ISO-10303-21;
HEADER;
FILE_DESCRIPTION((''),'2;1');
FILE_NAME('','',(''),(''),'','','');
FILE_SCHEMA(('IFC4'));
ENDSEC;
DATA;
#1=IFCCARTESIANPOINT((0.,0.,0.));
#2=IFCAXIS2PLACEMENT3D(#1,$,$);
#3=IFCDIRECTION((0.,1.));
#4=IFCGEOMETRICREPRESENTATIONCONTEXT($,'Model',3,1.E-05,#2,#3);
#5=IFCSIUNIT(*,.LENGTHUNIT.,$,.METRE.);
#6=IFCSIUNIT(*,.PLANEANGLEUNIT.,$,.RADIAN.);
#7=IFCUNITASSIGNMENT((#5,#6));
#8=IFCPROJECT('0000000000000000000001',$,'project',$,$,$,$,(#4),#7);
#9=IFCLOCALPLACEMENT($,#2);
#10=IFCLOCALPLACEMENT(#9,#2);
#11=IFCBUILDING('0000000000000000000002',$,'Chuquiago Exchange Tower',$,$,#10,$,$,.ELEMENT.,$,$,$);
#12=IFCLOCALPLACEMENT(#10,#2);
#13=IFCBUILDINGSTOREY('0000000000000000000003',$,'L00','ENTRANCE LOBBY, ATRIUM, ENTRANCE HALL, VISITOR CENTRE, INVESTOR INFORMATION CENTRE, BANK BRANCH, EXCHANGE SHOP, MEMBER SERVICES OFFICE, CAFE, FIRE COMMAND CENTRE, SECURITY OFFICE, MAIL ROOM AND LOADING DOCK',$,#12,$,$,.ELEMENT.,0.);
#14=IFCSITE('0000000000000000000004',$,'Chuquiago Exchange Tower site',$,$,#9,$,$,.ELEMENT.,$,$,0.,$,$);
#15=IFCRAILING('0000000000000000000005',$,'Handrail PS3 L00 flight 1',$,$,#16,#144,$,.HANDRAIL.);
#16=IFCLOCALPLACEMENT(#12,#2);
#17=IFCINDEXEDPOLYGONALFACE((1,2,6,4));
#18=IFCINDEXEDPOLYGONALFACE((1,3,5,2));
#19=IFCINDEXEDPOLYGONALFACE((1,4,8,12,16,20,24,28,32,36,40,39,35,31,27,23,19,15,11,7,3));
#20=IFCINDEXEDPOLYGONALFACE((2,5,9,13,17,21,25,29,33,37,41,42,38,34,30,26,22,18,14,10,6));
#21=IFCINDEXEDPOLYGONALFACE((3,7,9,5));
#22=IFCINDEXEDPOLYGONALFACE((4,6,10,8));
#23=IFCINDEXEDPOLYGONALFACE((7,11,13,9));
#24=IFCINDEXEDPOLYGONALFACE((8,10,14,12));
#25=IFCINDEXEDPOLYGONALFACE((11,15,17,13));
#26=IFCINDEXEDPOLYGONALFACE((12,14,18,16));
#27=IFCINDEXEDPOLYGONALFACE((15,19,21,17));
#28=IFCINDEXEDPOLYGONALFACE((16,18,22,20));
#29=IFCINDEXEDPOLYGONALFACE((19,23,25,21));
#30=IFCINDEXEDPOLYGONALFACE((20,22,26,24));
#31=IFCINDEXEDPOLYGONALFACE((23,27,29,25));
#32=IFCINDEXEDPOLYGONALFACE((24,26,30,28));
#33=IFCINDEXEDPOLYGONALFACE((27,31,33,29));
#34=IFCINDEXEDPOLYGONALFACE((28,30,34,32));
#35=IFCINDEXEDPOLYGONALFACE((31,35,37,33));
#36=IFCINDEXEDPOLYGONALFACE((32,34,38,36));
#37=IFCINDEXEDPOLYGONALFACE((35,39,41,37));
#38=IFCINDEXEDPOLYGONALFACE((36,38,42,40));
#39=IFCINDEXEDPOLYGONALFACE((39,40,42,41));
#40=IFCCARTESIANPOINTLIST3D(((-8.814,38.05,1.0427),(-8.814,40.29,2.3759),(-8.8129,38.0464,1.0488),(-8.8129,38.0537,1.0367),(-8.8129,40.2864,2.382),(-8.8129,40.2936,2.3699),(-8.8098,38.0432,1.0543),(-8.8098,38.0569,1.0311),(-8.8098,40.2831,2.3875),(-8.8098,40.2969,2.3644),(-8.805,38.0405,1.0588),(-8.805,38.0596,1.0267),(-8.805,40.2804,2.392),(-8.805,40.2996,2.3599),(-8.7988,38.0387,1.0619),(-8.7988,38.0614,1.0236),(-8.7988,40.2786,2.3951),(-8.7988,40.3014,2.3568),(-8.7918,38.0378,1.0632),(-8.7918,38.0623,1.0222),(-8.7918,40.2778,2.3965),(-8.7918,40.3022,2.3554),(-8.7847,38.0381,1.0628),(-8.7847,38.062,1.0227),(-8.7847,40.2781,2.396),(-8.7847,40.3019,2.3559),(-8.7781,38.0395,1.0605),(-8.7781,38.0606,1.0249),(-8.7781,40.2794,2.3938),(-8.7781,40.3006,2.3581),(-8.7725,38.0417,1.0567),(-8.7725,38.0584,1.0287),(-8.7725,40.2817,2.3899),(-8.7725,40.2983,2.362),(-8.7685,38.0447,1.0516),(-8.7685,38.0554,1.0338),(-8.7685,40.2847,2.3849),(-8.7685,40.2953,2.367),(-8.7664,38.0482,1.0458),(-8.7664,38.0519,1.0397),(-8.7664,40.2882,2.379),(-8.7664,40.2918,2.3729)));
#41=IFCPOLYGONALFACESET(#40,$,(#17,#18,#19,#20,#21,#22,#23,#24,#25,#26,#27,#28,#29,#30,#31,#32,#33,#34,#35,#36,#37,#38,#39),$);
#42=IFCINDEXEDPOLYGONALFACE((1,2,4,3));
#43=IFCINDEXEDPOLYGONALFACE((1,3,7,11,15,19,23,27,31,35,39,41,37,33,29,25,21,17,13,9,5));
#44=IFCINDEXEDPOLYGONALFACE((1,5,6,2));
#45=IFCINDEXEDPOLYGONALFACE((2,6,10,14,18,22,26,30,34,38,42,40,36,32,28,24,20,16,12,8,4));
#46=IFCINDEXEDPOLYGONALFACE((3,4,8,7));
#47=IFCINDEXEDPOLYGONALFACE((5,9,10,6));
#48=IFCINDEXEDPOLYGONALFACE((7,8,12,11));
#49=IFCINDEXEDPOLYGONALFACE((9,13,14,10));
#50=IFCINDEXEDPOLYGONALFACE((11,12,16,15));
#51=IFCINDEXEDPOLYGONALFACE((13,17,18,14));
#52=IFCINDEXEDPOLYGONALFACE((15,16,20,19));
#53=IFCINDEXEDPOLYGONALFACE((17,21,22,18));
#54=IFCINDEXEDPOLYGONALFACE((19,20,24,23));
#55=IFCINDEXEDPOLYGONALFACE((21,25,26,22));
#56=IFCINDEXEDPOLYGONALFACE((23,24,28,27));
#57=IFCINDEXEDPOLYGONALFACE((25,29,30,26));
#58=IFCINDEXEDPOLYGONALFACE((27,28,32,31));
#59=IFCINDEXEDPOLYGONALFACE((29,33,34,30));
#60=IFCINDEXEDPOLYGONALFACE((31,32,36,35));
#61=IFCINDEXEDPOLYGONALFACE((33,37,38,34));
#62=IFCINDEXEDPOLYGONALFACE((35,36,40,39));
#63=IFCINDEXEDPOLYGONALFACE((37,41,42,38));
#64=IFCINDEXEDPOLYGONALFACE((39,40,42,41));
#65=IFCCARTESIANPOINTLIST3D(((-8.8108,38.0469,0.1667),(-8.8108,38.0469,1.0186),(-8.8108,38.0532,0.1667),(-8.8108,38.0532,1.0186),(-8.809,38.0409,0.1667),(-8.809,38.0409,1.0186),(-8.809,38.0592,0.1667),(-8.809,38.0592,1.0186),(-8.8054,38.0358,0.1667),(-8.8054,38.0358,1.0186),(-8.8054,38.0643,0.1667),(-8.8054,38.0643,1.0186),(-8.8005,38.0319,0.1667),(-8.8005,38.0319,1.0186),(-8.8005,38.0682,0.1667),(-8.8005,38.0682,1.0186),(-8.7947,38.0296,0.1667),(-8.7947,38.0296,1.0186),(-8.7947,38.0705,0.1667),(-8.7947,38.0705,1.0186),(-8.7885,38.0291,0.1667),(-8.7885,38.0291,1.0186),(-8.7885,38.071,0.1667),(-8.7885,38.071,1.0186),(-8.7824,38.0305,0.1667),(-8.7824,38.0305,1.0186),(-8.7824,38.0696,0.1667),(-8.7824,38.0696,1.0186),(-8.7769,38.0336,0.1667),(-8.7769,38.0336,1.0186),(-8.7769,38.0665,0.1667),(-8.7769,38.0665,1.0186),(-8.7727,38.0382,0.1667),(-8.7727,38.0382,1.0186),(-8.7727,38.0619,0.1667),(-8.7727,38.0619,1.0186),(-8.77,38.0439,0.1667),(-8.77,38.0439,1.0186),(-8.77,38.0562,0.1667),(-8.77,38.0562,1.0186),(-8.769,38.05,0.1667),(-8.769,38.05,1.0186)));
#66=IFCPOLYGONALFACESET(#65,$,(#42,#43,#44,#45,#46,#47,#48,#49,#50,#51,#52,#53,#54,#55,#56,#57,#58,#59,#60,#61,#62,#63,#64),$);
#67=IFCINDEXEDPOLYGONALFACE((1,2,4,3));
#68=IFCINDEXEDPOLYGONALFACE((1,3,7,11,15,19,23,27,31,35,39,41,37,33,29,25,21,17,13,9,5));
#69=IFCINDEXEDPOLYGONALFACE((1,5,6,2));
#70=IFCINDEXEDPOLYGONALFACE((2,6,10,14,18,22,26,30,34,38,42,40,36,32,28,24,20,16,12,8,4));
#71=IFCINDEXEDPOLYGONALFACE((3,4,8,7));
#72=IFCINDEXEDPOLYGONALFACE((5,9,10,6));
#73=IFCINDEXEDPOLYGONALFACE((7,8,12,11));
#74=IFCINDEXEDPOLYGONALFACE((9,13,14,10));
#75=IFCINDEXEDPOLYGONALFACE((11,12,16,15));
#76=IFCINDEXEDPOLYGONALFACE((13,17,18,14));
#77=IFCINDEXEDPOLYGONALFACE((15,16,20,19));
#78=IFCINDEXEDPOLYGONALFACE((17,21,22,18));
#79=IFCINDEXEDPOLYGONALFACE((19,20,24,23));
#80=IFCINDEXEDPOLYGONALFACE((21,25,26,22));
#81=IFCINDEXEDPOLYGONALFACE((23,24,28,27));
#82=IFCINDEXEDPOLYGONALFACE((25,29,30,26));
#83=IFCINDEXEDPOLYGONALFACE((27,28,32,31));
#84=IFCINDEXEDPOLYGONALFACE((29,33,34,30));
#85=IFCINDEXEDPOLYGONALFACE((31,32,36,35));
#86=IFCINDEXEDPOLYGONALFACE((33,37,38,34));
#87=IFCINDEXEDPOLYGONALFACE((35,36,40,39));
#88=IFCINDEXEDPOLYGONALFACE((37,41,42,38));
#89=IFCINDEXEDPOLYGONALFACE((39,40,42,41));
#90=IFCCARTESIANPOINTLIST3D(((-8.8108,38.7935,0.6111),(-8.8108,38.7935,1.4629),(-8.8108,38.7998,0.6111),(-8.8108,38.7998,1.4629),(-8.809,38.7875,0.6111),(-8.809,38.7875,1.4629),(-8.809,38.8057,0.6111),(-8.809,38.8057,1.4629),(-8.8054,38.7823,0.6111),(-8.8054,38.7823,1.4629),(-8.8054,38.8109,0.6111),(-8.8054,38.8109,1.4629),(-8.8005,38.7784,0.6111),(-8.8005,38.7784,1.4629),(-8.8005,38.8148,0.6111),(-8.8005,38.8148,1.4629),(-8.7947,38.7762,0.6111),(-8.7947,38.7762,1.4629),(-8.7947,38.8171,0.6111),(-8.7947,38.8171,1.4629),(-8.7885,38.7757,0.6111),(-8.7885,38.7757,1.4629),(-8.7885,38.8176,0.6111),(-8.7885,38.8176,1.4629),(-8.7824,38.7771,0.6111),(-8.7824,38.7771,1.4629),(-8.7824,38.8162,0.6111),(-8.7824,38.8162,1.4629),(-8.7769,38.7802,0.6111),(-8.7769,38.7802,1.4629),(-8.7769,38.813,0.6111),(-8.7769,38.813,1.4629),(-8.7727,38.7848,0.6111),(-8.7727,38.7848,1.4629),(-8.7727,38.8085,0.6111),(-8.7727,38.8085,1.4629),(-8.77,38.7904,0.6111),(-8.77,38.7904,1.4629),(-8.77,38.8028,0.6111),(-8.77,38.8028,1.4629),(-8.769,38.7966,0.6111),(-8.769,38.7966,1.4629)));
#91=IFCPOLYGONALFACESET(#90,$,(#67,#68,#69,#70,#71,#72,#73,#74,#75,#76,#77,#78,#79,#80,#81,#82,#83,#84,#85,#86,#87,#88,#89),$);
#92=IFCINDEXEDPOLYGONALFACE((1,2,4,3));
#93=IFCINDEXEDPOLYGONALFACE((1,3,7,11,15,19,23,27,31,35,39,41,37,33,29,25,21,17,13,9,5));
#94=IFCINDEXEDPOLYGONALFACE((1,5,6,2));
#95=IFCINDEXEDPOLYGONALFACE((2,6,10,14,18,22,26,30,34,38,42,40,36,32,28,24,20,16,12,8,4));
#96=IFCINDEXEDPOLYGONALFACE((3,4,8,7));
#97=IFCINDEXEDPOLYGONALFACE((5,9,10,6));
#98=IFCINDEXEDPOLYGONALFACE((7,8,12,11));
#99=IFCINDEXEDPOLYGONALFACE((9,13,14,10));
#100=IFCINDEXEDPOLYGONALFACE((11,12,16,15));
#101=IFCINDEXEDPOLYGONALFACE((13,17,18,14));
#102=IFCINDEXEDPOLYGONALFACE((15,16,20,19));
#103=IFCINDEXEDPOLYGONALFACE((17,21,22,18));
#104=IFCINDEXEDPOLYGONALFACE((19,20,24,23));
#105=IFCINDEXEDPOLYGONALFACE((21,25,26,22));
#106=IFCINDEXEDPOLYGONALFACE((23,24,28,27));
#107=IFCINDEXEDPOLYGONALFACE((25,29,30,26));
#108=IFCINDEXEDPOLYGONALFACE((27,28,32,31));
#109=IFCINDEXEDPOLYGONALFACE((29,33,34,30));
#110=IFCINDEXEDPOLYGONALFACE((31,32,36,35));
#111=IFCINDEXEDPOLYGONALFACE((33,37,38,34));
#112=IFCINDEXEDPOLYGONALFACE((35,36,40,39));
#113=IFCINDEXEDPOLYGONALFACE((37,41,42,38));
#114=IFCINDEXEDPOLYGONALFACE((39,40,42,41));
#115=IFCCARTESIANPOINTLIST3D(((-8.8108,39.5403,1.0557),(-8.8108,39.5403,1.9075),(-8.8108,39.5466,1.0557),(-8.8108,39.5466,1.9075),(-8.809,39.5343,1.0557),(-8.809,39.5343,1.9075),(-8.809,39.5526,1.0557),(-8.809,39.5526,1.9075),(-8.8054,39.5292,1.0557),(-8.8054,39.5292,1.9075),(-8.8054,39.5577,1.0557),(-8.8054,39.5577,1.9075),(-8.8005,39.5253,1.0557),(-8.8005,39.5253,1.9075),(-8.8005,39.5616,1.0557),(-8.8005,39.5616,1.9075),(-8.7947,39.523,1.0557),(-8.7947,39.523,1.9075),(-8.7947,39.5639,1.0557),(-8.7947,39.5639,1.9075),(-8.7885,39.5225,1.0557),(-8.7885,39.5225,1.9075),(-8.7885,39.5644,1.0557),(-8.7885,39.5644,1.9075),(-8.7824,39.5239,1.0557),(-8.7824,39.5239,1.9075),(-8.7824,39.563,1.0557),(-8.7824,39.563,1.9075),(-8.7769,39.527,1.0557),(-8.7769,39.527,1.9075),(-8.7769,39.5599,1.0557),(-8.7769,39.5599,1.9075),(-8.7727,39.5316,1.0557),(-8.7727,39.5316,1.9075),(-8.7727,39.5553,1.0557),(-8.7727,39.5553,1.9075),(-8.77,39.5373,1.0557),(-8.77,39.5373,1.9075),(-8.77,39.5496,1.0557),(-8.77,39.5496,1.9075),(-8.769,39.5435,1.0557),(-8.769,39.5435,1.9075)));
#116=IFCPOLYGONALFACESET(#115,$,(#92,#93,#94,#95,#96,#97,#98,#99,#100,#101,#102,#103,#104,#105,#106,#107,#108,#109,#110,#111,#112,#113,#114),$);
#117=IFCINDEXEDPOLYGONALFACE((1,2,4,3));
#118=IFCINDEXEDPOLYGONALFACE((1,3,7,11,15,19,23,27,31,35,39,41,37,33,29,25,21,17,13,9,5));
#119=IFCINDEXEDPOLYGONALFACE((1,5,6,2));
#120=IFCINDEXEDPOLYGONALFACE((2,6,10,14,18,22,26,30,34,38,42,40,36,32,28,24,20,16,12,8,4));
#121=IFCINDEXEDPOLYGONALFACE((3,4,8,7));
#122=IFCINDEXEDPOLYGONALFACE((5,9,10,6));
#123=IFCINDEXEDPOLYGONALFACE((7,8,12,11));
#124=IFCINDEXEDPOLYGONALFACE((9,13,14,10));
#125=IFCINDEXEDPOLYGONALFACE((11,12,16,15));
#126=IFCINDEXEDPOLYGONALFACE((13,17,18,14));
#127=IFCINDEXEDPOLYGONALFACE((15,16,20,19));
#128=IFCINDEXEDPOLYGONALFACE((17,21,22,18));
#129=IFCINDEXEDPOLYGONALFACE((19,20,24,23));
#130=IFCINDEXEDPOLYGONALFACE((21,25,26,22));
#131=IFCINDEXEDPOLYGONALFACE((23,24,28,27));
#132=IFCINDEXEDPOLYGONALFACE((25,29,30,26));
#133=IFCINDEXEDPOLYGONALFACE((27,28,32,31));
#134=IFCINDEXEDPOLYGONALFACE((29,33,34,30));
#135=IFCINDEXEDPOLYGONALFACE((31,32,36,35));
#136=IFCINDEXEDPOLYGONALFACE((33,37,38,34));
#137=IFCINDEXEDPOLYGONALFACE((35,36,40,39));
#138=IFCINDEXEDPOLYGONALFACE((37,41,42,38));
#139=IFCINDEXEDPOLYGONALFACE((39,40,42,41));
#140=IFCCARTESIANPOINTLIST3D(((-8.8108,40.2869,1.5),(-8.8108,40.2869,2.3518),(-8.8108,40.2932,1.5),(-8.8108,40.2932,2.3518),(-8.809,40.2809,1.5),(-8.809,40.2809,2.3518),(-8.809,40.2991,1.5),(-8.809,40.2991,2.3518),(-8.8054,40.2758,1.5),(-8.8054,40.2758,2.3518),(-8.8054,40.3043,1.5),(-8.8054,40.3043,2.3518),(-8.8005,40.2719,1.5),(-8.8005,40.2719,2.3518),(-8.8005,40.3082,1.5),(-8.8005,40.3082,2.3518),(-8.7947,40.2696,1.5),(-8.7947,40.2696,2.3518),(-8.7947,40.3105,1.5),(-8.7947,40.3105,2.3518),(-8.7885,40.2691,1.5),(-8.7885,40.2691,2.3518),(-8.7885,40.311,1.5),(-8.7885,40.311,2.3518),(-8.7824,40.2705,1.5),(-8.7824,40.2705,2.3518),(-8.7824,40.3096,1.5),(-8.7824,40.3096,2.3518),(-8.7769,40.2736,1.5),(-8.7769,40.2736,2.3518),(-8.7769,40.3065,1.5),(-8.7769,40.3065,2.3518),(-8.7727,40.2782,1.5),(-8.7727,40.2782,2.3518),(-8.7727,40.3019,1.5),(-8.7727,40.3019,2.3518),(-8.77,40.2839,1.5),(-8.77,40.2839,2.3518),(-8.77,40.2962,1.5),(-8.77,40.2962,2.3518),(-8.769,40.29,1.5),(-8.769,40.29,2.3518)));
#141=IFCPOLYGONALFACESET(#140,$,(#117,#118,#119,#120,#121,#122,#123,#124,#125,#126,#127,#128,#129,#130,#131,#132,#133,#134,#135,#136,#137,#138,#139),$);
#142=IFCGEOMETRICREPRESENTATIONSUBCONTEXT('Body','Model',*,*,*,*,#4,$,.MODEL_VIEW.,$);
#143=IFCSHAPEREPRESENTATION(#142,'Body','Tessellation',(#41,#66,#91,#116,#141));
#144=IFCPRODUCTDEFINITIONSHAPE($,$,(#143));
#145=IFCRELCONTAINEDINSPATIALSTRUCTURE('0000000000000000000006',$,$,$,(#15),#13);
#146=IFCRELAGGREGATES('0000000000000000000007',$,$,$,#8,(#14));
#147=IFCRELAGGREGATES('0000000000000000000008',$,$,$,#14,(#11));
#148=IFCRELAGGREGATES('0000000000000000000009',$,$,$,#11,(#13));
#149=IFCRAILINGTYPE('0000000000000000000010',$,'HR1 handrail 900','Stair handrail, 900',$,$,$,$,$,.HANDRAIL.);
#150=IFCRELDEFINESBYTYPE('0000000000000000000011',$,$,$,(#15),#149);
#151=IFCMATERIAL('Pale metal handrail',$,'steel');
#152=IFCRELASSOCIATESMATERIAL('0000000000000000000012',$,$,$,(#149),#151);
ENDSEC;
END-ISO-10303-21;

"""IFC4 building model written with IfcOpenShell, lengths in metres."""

from ifc_helpers import new_model, si_unit, direction, frame, origin, origin_2d, place, context, subcontext, project, spatial, circle, extrude, material, type_object, element, save


model = new_model("IFC4")

# Units and contexts
model_context = context("Model", 3, precision=1e-05, world=origin(), true_north=direction((0.0, 1.0)))
body_context = subcontext(model_context, "Body", "Model", "MODEL_VIEW")
ifc_project = project(units=[si_unit("LENGTHUNIT", "METRE"), si_unit("PLANEANGLEUNIT", "RADIAN")], contexts=[model_context])

# Site, building, storey
site_placement = place(None, origin())
site = spatial("IfcSite", under=ifc_project, at=site_placement, Name="Chuquiago Exchange Tower site", CompositionType="ELEMENT", RefElevation=0.0)
building_placement = place(site_placement, origin())
building = spatial("IfcBuilding", under=site, at=building_placement, Name="Chuquiago Exchange Tower", CompositionType="ELEMENT")
storey_placement = place(building_placement, origin())
storey = spatial("IfcBuildingStorey", under=building, at=storey_placement, Name="L00", Description="ENTRANCE LOBBY, ATRIUM, ENTRANCE HALL, VISITOR CENTRE, INVESTOR INFORMATION CENTRE, BANK BRANCH, EXCHANGE SHOP, MEMBER SERVICES OFFICE, CAFE, FIRE COMMAND CENTRE, SECURITY OFFICE, MAIL ROOM AND LOADING DOCK", CompositionType="ELEMENT", Elevation=0.0)

# Railing
ifc_material_1 = material(Name="Pale metal handrail", Category="steel")
railing_type = type_object("IfcRailingType", Name="HR1 handrail 900", Description="Stair handrail, 900", PredefinedType="HANDRAIL", material=ifc_material_1)
for number, where, name in (
    (1, (-8.79, 38.05, 0.1667), "Handrail PS3 L00 flight 1"),
):
    element("IfcRailing", number, at=place(storey_placement, frame(where)), inside=storey, type_object=railing_type, Name=name, PredefinedType="HANDRAIL", context=body_context, shape_type="SweptSolid", body=[
        extrude(circle(Radius=0.0239, at=origin_2d()), frame((0.0, 0.0, 0.876), z_axis=(0.0, 0.859306, 0.511462), x_axis=(-1.0, 0.0, 0.0)), (0.0, 0.0, 1.0), 2.6067),
        extrude(circle(Radius=0.021, at=origin_2d()), origin(), (0.0, 0.0, 1.0), 0.8518),
        extrude(circle(Radius=0.021, at=origin_2d()), frame((0.0, 0.7466, 0.4443)), (0.0, 0.0, 1.0), 0.8518),
        extrude(circle(Radius=0.021, at=origin_2d()), frame((0.0, 1.4934, 0.8889)), (0.0, 0.0, 1.0), 0.8518),
        extrude(circle(Radius=0.021, at=origin_2d()), frame((0.0, 2.24, 1.3333)), (0.0, 0.0, 1.0), 0.8518),
    ])

save(model, "model.ifc")
